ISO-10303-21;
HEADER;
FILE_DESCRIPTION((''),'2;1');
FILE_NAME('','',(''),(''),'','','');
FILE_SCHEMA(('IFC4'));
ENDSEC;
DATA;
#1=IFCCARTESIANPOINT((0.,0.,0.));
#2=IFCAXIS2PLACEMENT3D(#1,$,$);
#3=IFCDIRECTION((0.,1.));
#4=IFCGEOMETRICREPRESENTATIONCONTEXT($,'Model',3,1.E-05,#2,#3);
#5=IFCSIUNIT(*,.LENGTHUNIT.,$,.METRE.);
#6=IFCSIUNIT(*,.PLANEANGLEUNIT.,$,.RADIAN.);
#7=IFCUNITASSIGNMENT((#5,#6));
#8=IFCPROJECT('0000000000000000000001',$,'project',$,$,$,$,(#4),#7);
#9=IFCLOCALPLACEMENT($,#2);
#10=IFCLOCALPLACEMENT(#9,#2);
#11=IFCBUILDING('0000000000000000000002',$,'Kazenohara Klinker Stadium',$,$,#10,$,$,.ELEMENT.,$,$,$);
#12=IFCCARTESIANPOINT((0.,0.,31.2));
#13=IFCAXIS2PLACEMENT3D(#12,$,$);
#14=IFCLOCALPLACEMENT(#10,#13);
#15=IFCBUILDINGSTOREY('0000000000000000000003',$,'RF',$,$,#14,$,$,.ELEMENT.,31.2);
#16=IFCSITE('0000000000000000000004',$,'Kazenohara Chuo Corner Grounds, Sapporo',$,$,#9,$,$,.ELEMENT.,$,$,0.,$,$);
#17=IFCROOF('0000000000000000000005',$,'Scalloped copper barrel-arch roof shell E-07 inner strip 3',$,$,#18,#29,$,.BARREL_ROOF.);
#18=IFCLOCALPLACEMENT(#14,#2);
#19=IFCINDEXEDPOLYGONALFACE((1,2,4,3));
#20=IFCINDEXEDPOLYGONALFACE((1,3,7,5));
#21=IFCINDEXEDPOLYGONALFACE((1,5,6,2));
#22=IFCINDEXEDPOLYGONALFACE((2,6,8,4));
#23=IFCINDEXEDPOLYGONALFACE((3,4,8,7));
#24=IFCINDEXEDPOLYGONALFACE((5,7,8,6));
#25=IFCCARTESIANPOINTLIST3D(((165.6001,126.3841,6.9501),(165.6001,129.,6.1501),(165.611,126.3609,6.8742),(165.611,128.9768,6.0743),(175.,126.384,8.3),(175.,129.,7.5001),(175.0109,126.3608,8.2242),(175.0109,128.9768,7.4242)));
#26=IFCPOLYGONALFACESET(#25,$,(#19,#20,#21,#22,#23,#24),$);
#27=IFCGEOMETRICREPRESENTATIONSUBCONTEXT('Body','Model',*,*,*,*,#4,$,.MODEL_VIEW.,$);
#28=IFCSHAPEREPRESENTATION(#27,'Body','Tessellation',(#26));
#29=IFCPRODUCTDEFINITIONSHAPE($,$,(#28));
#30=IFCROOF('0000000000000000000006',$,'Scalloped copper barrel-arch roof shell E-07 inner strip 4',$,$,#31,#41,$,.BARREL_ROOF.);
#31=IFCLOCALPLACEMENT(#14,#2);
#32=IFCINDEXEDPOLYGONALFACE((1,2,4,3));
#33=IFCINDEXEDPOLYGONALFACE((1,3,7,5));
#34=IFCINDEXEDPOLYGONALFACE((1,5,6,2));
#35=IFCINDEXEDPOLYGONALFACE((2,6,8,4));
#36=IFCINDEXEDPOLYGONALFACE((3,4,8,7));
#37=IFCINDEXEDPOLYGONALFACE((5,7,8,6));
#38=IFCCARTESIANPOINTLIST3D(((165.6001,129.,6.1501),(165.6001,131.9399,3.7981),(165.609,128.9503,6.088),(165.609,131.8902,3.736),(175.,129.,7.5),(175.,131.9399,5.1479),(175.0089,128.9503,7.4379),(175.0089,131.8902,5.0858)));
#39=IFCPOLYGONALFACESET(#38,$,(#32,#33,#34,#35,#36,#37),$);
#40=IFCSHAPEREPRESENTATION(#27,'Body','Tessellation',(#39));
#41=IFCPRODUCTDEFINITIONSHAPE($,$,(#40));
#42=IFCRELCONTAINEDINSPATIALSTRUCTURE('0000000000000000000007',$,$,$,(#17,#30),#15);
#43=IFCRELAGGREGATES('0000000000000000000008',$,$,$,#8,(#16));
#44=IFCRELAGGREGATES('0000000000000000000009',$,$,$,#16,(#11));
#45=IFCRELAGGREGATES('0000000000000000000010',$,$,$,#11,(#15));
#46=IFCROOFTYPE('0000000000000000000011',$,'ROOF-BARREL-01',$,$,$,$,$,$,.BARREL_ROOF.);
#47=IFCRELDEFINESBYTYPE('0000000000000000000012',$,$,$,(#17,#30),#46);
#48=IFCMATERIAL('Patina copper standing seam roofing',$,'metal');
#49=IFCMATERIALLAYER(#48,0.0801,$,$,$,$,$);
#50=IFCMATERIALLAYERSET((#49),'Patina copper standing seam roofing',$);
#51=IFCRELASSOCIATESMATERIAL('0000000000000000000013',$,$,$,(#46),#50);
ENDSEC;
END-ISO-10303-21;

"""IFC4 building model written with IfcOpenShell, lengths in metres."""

from ifc_helpers import new_model, si_unit, direction, frame, origin, place, context, subcontext, project, spatial, polyline, outline, extrude, material, layer, layer_set, type_object, element, save


model = new_model("IFC4")

# Units and contexts
model_context = context("Model", 3, precision=1e-05, world=origin(), true_north=direction((0.0, 1.0)))
body_context = subcontext(model_context, "Body", "Model", "MODEL_VIEW")
ifc_project = project(units=[si_unit("LENGTHUNIT", "METRE"), si_unit("PLANEANGLEUNIT", "RADIAN")], contexts=[model_context])

# Site, building, storey
site_placement = place(None, origin())
site = spatial("IfcSite", under=ifc_project, at=site_placement, Name="Kazenohara Chuo Corner Grounds, Sapporo", CompositionType="ELEMENT", RefElevation=0.0)
building_placement = place(site_placement, origin())
building = spatial("IfcBuilding", under=site, at=building_placement, Name="Kazenohara Klinker Stadium", CompositionType="ELEMENT")
storey_placement = place(building_placement, frame((0.0, 0.0, 31.2)))
storey = spatial("IfcBuildingStorey", under=building, at=storey_placement, Name="RF", CompositionType="ELEMENT", Elevation=31.2)

# Roofs
ifc_material_1 = material(Name="Patina copper standing seam roofing", Category="metal")
ifc_layer_1 = layer(ifc_material_1, 0.0801)
ifc_layer_set_1 = layer_set([ifc_layer_1], Name="Patina copper standing seam roofing")
roof_type = type_object("IfcRoofType", Name="ROOF-BARREL-01", PredefinedType="BARREL_ROOF", material=ifc_layer_set_1)
roof_1_placement = place(storey_placement, frame((175.0, 126.384, 8.3), z_axis=(-0.136061, 0.289701, 0.947397), x_axis=(-0.989844, 0.000004, -0.142158)))
element("IfcRoof", 1, at=roof_1_placement, inside=storey, type_object=roof_type, Name="Scalloped copper barrel-arch roof shell E-07 inner strip 3", PredefinedType="BARREL_ROOF", context=body_context, shape_type="SweptSolid", body=[
    extrude(outline(polyline([(0.0, 0.0), (9.4964, 0.0), (9.6101, -2.7331), (0.1137, -2.7332), (0.0, 0.0)])), origin(), (0.0, 0.0, -1.0), 0.0801),
])
roof_2_placement = place(storey_placement, frame((175.0, 129.0, 7.5), z_axis=(-0.111435, 0.62082, 0.775993), x_axis=(-0.989846, 0.0, -0.142145)))
element("IfcRoof", 2, at=roof_2_placement, inside=storey, type_object=roof_type, Name="Scalloped copper barrel-arch roof shell E-07 inner strip 4", PredefinedType="BARREL_ROOF", context=body_context, shape_type="SweptSolid", body=[
    extrude(outline(polyline([(0.0, 0.0), (9.4963, 0.0), (9.8307, -3.7501), (0.3343, -3.7501), (0.0, 0.0)])), origin(), (0.0, 0.0, -1.0), 0.0801),
])

save(model, "model.ifc")
